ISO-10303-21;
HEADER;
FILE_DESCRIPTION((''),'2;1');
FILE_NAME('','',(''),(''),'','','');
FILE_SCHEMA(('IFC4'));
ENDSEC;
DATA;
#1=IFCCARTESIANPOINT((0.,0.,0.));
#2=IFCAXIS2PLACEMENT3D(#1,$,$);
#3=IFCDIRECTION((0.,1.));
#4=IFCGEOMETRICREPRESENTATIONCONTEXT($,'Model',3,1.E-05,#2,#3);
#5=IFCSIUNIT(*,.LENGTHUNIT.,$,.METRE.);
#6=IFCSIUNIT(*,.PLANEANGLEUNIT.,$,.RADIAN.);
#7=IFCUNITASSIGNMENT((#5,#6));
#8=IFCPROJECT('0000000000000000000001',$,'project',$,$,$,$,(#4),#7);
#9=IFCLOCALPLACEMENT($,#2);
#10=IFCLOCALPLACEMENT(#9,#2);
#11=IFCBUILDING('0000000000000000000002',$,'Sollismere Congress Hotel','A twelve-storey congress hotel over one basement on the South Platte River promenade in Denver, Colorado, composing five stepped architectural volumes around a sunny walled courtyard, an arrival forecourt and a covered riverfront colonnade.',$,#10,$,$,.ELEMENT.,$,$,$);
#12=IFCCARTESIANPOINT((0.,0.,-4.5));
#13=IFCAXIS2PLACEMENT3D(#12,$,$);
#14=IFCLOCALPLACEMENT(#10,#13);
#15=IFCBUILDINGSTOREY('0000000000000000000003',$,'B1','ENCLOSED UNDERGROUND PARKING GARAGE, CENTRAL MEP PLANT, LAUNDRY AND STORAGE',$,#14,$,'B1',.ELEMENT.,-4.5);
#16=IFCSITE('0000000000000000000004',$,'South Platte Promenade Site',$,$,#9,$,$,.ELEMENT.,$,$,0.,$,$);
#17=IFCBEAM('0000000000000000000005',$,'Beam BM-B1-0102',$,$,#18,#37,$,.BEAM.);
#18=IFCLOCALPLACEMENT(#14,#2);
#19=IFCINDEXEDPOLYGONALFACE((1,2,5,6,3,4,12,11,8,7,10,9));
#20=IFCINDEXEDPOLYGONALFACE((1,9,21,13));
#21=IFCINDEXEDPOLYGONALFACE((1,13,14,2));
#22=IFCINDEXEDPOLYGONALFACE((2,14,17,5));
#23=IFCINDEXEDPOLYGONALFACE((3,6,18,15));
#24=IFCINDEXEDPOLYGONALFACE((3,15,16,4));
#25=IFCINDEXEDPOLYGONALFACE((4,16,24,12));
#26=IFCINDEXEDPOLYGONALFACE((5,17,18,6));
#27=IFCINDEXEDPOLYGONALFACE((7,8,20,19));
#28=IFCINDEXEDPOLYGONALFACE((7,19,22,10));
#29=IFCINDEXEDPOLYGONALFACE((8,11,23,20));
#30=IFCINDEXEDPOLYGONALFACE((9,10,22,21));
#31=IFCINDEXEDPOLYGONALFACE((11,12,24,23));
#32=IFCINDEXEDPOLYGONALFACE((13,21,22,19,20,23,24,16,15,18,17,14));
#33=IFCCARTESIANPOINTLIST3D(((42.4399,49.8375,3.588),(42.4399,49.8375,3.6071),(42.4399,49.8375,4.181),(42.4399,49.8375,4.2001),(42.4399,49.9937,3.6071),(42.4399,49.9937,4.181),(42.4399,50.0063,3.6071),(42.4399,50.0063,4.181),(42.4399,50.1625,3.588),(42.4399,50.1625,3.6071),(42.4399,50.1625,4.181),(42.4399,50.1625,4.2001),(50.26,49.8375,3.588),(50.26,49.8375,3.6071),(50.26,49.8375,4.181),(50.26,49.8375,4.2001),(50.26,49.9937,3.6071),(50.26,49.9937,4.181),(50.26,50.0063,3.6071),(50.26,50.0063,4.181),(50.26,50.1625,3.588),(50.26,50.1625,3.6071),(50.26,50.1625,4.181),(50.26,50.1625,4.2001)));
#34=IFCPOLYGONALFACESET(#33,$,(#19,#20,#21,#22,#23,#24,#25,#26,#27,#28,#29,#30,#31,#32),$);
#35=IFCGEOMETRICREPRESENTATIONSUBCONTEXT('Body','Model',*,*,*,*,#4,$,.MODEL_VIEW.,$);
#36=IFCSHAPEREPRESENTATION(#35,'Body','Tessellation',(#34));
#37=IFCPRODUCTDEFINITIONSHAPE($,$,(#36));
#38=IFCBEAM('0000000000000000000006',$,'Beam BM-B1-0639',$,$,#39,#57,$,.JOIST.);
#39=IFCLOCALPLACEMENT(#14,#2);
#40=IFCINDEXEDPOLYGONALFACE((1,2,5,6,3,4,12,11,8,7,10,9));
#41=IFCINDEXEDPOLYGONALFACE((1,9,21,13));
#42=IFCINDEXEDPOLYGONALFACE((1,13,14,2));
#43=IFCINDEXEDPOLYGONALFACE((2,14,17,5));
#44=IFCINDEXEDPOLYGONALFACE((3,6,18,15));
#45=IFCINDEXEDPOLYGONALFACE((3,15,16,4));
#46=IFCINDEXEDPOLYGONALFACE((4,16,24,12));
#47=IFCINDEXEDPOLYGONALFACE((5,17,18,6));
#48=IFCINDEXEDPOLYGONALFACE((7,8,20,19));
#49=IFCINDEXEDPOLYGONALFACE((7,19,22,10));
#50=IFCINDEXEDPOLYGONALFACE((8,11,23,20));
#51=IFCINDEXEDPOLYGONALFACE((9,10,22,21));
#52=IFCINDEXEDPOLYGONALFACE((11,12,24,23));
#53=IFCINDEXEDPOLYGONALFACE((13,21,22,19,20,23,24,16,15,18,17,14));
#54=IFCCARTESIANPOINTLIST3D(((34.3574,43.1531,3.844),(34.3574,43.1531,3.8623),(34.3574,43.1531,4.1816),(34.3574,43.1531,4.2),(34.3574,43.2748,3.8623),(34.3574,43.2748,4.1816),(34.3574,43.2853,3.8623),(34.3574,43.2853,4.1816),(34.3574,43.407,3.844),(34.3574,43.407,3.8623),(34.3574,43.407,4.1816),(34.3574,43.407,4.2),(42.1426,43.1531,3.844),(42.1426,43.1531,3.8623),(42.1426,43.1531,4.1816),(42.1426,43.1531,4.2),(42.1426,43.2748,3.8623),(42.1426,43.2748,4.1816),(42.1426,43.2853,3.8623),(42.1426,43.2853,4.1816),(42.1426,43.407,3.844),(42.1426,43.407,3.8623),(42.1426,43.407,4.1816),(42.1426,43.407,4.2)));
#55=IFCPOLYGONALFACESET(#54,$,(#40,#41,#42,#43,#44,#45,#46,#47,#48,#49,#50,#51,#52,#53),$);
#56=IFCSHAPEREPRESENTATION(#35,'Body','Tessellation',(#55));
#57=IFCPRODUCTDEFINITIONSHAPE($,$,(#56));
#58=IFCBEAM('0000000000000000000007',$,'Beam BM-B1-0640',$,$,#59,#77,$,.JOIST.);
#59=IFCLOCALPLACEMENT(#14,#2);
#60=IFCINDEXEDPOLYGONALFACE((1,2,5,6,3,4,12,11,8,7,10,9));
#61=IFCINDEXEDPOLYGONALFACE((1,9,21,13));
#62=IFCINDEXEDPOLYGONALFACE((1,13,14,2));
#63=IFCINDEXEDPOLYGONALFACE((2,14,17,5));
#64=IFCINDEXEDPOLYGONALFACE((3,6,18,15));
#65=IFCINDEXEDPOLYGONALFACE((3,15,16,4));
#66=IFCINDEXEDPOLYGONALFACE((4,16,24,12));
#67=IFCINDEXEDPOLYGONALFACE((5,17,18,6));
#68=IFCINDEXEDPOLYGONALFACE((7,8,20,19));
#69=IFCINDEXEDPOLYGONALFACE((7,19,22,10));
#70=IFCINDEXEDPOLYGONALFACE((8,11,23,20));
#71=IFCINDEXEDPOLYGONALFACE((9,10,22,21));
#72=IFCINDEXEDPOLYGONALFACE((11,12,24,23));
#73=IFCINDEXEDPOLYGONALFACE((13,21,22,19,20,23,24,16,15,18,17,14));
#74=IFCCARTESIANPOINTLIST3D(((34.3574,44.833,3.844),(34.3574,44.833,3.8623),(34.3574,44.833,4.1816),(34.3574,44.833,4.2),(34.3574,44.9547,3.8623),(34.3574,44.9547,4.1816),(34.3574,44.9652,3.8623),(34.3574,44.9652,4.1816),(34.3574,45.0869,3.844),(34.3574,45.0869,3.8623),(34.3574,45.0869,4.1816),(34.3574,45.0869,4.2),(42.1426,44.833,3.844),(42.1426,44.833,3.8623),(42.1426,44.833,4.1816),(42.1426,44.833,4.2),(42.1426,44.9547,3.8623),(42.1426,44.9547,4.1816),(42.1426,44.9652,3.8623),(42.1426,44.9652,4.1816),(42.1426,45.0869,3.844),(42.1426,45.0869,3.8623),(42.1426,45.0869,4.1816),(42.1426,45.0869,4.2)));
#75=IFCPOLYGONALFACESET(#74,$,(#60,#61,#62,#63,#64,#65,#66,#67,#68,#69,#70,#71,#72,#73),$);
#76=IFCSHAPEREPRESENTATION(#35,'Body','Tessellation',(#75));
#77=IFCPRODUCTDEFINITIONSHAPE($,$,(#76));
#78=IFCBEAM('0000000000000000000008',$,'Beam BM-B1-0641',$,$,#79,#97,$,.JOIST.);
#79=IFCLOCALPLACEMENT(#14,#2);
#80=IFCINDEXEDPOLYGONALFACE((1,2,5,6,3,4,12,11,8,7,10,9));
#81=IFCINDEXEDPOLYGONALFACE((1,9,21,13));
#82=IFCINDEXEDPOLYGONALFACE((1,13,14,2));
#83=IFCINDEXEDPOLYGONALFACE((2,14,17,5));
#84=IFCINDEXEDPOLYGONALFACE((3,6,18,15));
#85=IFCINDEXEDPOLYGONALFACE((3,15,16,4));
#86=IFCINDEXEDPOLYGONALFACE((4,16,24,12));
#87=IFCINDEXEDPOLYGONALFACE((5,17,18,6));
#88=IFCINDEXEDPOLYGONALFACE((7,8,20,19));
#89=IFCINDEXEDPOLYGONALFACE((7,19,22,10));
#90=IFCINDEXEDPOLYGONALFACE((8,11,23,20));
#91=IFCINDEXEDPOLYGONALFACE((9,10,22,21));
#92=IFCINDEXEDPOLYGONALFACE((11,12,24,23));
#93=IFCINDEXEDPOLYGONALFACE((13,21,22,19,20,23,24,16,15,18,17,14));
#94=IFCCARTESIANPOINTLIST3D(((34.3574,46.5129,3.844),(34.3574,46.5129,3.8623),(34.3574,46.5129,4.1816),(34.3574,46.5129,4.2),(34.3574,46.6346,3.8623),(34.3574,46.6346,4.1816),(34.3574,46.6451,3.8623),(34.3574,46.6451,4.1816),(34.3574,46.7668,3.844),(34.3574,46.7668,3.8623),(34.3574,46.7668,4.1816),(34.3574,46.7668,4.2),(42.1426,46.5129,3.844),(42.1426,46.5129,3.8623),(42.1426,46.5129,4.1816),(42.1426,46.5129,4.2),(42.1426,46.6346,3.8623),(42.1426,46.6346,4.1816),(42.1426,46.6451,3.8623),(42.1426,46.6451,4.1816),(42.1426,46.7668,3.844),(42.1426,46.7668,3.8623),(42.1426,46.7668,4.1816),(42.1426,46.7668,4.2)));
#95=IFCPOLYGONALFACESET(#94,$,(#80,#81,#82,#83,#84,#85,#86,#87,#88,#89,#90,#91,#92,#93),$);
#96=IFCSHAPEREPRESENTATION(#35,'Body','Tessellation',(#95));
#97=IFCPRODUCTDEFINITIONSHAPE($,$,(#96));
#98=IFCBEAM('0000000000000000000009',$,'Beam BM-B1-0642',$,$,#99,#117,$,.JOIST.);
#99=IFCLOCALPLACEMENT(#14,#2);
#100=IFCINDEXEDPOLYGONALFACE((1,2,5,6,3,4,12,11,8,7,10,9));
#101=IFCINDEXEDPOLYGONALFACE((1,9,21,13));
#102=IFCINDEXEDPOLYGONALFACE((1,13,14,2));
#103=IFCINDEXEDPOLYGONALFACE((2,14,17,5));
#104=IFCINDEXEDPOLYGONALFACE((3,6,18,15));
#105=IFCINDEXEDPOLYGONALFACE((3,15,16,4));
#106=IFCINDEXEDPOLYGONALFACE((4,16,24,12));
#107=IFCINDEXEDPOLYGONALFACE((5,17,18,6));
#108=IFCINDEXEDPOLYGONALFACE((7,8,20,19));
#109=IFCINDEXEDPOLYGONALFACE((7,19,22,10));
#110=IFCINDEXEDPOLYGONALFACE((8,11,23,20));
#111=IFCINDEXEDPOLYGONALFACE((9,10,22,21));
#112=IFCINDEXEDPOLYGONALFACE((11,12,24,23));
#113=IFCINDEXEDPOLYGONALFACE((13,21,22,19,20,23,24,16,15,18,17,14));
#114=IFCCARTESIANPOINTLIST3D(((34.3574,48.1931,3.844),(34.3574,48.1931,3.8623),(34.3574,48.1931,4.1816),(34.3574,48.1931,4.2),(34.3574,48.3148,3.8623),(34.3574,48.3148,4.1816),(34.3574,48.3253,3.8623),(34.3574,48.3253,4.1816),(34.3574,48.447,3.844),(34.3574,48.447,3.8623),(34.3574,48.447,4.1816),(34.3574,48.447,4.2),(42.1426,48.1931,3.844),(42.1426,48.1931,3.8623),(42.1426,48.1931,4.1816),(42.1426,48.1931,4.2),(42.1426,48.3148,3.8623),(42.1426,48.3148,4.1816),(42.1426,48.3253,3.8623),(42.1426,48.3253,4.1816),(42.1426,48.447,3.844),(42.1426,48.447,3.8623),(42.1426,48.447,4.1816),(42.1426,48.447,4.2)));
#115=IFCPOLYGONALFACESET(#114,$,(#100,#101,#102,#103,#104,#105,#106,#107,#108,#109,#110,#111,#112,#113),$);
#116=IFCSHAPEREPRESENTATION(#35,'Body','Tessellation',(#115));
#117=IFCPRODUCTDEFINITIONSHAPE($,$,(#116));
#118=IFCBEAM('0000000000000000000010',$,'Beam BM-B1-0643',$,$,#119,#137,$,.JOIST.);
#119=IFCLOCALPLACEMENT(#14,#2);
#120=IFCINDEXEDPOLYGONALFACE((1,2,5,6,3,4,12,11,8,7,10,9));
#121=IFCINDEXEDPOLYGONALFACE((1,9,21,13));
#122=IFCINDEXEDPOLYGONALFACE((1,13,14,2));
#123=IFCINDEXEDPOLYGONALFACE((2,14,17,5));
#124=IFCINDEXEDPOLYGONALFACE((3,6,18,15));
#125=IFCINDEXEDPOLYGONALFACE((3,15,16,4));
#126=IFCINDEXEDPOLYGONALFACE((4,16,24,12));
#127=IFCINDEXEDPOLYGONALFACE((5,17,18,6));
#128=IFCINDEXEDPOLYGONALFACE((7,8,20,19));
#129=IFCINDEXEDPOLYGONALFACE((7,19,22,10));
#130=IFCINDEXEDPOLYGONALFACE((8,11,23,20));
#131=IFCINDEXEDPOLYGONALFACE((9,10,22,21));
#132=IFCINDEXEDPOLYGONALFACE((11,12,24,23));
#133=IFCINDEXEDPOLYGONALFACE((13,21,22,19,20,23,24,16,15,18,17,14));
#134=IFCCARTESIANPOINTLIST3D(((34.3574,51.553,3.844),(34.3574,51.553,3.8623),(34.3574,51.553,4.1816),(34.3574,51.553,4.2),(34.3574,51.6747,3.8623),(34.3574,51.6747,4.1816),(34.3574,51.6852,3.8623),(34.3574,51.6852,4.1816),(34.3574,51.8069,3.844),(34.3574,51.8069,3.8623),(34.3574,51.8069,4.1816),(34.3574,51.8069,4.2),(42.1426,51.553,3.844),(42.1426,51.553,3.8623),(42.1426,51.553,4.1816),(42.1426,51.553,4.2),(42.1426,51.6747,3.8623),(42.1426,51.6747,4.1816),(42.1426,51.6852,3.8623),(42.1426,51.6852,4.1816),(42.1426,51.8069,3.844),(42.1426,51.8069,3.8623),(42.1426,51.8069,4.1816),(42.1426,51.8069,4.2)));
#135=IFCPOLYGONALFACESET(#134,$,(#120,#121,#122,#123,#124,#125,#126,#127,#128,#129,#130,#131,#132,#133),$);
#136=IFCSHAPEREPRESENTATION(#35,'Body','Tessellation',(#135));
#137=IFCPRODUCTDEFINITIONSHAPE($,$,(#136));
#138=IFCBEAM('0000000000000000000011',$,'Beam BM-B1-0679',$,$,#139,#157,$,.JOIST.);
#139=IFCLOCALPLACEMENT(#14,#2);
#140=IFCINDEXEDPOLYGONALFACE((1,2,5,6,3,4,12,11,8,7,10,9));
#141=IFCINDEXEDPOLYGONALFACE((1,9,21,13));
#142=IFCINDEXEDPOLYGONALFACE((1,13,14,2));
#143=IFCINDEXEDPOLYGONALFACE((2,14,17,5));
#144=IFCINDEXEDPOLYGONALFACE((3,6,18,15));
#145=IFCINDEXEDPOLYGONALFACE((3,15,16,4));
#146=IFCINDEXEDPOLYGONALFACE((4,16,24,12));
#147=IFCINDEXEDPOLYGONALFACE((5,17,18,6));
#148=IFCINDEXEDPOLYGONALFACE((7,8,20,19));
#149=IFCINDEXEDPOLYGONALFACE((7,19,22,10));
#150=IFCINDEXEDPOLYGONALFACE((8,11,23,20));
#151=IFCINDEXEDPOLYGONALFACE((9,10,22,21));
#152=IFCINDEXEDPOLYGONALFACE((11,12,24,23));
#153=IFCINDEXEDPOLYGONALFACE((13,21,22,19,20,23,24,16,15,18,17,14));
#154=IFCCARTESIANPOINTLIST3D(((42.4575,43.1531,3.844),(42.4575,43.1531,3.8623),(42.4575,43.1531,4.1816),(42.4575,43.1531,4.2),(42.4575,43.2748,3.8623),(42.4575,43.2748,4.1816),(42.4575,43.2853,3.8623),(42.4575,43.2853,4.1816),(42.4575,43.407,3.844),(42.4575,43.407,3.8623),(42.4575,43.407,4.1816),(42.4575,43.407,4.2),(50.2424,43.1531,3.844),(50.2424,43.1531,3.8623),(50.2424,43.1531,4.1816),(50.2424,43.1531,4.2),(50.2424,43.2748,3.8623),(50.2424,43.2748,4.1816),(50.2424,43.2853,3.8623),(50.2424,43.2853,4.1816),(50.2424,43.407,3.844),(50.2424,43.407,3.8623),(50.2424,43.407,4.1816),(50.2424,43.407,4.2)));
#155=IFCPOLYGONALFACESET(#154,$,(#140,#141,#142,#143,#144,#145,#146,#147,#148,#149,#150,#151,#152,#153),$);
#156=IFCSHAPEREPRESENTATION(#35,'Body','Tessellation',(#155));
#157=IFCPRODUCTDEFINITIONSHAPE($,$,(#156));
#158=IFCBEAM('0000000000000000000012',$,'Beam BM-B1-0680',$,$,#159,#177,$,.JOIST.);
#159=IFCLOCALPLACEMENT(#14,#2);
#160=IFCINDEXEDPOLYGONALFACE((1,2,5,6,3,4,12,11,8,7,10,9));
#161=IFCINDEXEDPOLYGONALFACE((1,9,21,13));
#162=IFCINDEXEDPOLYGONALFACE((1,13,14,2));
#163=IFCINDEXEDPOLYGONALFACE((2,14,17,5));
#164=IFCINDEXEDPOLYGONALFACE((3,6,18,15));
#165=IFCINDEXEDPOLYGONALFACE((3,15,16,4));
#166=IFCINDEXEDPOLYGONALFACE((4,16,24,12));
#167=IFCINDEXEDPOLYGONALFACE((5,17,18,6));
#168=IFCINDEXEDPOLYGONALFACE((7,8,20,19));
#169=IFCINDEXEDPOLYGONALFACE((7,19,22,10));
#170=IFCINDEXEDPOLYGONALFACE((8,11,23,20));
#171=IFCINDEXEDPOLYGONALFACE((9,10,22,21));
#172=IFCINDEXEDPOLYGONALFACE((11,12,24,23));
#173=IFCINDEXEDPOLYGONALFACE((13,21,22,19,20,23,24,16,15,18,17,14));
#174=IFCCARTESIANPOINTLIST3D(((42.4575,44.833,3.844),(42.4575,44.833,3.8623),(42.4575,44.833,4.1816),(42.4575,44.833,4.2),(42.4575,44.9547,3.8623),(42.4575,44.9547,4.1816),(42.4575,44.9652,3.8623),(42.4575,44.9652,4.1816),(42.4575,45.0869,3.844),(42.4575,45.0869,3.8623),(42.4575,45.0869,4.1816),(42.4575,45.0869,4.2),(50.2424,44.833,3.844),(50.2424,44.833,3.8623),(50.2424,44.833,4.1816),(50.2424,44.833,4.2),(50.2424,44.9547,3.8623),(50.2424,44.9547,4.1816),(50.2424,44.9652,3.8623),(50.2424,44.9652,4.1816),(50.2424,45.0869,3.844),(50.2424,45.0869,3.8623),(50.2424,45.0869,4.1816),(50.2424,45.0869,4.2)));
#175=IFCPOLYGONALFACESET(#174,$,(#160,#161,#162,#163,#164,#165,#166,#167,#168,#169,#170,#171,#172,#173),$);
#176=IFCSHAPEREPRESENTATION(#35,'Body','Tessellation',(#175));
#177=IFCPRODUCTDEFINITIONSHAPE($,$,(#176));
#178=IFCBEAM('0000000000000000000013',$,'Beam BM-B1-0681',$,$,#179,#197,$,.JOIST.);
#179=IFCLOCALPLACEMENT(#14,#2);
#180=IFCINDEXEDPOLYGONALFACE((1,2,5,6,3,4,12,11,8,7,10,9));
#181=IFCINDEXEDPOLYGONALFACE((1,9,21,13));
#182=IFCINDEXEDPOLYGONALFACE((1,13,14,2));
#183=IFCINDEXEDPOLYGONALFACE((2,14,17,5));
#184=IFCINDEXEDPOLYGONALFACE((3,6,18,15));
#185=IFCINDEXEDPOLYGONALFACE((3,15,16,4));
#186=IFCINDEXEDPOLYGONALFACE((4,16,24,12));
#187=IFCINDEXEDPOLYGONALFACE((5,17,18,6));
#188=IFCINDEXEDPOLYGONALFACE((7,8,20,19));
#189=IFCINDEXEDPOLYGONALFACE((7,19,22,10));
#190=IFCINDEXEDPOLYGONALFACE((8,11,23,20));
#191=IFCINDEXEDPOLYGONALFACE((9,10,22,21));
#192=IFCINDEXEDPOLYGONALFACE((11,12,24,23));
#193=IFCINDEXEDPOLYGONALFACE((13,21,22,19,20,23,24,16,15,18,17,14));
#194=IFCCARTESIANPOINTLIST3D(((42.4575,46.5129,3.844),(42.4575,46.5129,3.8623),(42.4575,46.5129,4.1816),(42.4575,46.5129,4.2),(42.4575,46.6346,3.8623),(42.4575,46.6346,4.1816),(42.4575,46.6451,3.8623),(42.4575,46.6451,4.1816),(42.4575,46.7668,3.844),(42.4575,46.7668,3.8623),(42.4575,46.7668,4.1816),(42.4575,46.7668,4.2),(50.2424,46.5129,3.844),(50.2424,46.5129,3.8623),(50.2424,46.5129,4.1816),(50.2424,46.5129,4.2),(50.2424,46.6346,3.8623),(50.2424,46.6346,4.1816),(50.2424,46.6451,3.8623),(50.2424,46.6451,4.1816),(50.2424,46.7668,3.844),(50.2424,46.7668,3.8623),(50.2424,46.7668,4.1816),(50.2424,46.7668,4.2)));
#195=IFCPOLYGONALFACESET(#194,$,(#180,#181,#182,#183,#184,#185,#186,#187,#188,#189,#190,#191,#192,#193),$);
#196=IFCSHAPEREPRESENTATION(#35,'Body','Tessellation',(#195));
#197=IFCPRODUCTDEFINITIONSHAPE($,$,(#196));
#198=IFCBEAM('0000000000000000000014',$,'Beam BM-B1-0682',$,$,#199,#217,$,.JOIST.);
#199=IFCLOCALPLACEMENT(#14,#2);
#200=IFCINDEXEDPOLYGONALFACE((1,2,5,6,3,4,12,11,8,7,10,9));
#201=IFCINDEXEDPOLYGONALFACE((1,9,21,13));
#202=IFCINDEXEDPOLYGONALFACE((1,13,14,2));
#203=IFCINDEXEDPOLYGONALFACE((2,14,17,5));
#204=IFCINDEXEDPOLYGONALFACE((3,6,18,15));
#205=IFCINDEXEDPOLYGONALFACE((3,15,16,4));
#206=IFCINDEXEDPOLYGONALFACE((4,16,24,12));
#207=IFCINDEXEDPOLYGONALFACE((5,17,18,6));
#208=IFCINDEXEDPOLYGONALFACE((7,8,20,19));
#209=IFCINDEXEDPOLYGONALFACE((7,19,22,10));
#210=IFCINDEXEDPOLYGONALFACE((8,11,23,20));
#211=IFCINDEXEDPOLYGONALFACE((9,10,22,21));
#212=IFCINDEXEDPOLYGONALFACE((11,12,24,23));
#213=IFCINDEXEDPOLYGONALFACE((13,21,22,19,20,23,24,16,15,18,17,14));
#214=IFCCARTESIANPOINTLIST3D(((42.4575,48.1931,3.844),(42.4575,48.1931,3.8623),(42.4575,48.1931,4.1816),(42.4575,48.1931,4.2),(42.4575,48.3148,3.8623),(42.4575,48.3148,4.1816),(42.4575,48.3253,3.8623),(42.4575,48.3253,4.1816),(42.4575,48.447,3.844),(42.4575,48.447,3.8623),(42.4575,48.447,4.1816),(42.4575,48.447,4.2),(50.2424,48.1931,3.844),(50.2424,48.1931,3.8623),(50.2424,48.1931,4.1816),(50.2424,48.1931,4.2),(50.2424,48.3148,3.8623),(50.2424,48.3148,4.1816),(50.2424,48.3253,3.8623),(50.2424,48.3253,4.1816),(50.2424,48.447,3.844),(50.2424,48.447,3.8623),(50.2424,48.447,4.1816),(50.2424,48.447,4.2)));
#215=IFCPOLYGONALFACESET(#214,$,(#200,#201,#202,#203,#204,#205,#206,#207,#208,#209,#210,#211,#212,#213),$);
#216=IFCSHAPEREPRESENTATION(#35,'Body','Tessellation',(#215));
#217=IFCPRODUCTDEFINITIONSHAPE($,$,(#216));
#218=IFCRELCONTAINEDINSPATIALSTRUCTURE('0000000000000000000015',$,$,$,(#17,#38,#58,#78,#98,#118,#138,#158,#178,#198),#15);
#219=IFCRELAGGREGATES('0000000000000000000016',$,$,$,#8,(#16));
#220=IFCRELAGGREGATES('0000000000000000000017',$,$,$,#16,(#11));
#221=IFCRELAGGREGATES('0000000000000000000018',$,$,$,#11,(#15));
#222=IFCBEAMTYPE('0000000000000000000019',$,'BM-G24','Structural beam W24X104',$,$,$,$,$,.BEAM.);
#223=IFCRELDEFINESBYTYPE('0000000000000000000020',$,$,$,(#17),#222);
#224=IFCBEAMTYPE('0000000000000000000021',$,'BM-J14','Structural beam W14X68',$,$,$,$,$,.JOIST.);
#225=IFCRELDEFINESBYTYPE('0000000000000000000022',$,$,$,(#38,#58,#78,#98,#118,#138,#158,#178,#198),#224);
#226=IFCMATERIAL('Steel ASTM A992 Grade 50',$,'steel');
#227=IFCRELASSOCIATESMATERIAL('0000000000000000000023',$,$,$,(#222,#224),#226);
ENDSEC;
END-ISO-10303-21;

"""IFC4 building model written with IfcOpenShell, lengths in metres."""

from ifc_helpers import new_model, si_unit, direction, frame, origin, origin_2d, place, context, subcontext, project, spatial, i_section, extrude, material, material_profile, profile_set, type_object, element, save


model = new_model("IFC4")

# Units and contexts
model_context = context("Model", 3, precision=1e-05, world=origin(), true_north=direction((0.0, 1.0)))
body_context = subcontext(model_context, "Body", "Model", "MODEL_VIEW")
ifc_project = project(units=[si_unit("LENGTHUNIT", "METRE"), si_unit("PLANEANGLEUNIT", "RADIAN")], contexts=[model_context])

# Site, building, storey
site_placement = place(None, origin())
site = spatial("IfcSite", under=ifc_project, at=site_placement, Name="South Platte Promenade Site", CompositionType="ELEMENT", RefElevation=0.0)
building_placement = place(site_placement, origin())
building = spatial("IfcBuilding", under=site, at=building_placement, Name="Sollismere Congress Hotel", Description="A twelve-storey congress hotel over one basement on the South Platte River promenade in Denver, Colorado, composing five stepped architectural volumes around a sunny walled courtyard, an arrival forecourt and a covered riverfront colonnade.", CompositionType="ELEMENT")
storey_placement = place(building_placement, frame((0.0, 0.0, -4.5)))
storey = spatial("IfcBuildingStorey", under=building, at=storey_placement, Name="B1", Description="ENCLOSED UNDERGROUND PARKING GARAGE, CENTRAL MEP PLANT, LAUNDRY AND STORAGE", LongName="B1", CompositionType="ELEMENT", Elevation=-4.5)

# Beams
ifc_material_1 = material(Name="Steel ASTM A992 Grade 50", Category="steel")
ifc_material_profile_1 = material_profile(ifc_material_1, i_section(OverallWidth=0.325, OverallDepth=0.6121, WebThickness=0.0127, FlangeThickness=0.019, at=origin_2d()), Name="W24X104")
ifc_profile_set_1 = profile_set([ifc_material_profile_1], Name="Steel ASTM A992 Grade 50")
beam_type_1 = type_object("IfcBeamType", Name="BM-G24", Description="Structural beam W24X104", PredefinedType="BEAM", material=ifc_profile_set_1)
for number, where, z_axis, x_axis, name in (
    (1, (42.4399, 50.0, 3.894), (1.0, 0.0, 0.0), (0.0, 1.0, 0.0), "Beam BM-B1-0102"),
):
    element("IfcBeam", number, at=place(storey_placement, frame(where, z_axis=z_axis, x_axis=x_axis)), inside=storey, type_object=beam_type_1, Name=name, PredefinedType="BEAM", context=body_context, shape_type="SweptSolid", body=[
        extrude(i_section(OverallWidth=0.325, OverallDepth=0.6121, WebThickness=0.0127, FlangeThickness=0.019, at=origin_2d()), origin(), (0.0, 0.0, 1.0), 7.8201),
    ])
ifc_material_profile_2 = material_profile(ifc_material_1, i_section(OverallWidth=0.2539, OverallDepth=0.356, WebThickness=0.0105, FlangeThickness=0.0183, at=origin_2d()), Name="W14X68")
ifc_profile_set_2 = profile_set([ifc_material_profile_2], Name="Steel ASTM A992 Grade 50")
beam_type_2 = type_object("IfcBeamType", Name="BM-J14", Description="Structural beam W14X68", PredefinedType="JOIST", material=ifc_profile_set_2)
for number, where, z_axis, x_axis, name in (
    (2, (34.3574, 43.28, 4.022), (1.0, 0.0, 0.0), (0.0, 1.0, 0.0), "Beam BM-B1-0639"),
    (3, (34.3574, 44.96, 4.022), (1.0, 0.0, 0.0), (0.0, 1.0, 0.0), "Beam BM-B1-0640"),
    (4, (34.3574, 46.6399, 4.022), (1.0, 0.0, 0.0), (0.0, 1.0, 0.0), "Beam BM-B1-0641"),
    (5, (34.3574, 48.3201, 4.022), (1.0, 0.0, 0.0), (0.0, 1.0, 0.0), "Beam BM-B1-0642"),
    (6, (34.3574, 51.6799, 4.022), (1.0, 0.0, 0.0), (0.0, 1.0, 0.0), "Beam BM-B1-0643"),
):
    element("IfcBeam", number, at=place(storey_placement, frame(where, z_axis=z_axis, x_axis=x_axis)), inside=storey, type_object=beam_type_2, Name=name, PredefinedType="JOIST", context=body_context, shape_type="SweptSolid", body=[
        extrude(i_section(OverallWidth=0.2539, OverallDepth=0.356, WebThickness=0.0105, FlangeThickness=0.0183, at=origin_2d()), origin(), (0.0, 0.0, 1.0), 7.7852),
    ])
for number, where, z_axis, x_axis, name in (
    (7, (42.4575, 43.28, 4.022), (1.0, 0.0, 0.0), (0.0, 1.0, 0.0), "Beam BM-B1-0679"),
    (8, (42.4575, 44.96, 4.022), (1.0, 0.0, 0.0), (0.0, 1.0, 0.0), "Beam BM-B1-0680"),
    (9, (42.4575, 46.6399, 4.022), (1.0, 0.0, 0.0), (0.0, 1.0, 0.0), "Beam BM-B1-0681"),
    (10, (42.4575, 48.3201, 4.022), (1.0, 0.0, 0.0), (0.0, 1.0, 0.0), "Beam BM-B1-0682"),
):
    element("IfcBeam", number, at=place(storey_placement, frame(where, z_axis=z_axis, x_axis=x_axis)), inside=storey, type_object=beam_type_2, Name=name, PredefinedType="JOIST", context=body_context, shape_type="SweptSolid", body=[
        extrude(i_section(OverallWidth=0.2539, OverallDepth=0.356, WebThickness=0.0105, FlangeThickness=0.0183, at=origin_2d()), origin(), (0.0, 0.0, 1.0), 7.7849),
    ])

save(model, "model.ifc")
